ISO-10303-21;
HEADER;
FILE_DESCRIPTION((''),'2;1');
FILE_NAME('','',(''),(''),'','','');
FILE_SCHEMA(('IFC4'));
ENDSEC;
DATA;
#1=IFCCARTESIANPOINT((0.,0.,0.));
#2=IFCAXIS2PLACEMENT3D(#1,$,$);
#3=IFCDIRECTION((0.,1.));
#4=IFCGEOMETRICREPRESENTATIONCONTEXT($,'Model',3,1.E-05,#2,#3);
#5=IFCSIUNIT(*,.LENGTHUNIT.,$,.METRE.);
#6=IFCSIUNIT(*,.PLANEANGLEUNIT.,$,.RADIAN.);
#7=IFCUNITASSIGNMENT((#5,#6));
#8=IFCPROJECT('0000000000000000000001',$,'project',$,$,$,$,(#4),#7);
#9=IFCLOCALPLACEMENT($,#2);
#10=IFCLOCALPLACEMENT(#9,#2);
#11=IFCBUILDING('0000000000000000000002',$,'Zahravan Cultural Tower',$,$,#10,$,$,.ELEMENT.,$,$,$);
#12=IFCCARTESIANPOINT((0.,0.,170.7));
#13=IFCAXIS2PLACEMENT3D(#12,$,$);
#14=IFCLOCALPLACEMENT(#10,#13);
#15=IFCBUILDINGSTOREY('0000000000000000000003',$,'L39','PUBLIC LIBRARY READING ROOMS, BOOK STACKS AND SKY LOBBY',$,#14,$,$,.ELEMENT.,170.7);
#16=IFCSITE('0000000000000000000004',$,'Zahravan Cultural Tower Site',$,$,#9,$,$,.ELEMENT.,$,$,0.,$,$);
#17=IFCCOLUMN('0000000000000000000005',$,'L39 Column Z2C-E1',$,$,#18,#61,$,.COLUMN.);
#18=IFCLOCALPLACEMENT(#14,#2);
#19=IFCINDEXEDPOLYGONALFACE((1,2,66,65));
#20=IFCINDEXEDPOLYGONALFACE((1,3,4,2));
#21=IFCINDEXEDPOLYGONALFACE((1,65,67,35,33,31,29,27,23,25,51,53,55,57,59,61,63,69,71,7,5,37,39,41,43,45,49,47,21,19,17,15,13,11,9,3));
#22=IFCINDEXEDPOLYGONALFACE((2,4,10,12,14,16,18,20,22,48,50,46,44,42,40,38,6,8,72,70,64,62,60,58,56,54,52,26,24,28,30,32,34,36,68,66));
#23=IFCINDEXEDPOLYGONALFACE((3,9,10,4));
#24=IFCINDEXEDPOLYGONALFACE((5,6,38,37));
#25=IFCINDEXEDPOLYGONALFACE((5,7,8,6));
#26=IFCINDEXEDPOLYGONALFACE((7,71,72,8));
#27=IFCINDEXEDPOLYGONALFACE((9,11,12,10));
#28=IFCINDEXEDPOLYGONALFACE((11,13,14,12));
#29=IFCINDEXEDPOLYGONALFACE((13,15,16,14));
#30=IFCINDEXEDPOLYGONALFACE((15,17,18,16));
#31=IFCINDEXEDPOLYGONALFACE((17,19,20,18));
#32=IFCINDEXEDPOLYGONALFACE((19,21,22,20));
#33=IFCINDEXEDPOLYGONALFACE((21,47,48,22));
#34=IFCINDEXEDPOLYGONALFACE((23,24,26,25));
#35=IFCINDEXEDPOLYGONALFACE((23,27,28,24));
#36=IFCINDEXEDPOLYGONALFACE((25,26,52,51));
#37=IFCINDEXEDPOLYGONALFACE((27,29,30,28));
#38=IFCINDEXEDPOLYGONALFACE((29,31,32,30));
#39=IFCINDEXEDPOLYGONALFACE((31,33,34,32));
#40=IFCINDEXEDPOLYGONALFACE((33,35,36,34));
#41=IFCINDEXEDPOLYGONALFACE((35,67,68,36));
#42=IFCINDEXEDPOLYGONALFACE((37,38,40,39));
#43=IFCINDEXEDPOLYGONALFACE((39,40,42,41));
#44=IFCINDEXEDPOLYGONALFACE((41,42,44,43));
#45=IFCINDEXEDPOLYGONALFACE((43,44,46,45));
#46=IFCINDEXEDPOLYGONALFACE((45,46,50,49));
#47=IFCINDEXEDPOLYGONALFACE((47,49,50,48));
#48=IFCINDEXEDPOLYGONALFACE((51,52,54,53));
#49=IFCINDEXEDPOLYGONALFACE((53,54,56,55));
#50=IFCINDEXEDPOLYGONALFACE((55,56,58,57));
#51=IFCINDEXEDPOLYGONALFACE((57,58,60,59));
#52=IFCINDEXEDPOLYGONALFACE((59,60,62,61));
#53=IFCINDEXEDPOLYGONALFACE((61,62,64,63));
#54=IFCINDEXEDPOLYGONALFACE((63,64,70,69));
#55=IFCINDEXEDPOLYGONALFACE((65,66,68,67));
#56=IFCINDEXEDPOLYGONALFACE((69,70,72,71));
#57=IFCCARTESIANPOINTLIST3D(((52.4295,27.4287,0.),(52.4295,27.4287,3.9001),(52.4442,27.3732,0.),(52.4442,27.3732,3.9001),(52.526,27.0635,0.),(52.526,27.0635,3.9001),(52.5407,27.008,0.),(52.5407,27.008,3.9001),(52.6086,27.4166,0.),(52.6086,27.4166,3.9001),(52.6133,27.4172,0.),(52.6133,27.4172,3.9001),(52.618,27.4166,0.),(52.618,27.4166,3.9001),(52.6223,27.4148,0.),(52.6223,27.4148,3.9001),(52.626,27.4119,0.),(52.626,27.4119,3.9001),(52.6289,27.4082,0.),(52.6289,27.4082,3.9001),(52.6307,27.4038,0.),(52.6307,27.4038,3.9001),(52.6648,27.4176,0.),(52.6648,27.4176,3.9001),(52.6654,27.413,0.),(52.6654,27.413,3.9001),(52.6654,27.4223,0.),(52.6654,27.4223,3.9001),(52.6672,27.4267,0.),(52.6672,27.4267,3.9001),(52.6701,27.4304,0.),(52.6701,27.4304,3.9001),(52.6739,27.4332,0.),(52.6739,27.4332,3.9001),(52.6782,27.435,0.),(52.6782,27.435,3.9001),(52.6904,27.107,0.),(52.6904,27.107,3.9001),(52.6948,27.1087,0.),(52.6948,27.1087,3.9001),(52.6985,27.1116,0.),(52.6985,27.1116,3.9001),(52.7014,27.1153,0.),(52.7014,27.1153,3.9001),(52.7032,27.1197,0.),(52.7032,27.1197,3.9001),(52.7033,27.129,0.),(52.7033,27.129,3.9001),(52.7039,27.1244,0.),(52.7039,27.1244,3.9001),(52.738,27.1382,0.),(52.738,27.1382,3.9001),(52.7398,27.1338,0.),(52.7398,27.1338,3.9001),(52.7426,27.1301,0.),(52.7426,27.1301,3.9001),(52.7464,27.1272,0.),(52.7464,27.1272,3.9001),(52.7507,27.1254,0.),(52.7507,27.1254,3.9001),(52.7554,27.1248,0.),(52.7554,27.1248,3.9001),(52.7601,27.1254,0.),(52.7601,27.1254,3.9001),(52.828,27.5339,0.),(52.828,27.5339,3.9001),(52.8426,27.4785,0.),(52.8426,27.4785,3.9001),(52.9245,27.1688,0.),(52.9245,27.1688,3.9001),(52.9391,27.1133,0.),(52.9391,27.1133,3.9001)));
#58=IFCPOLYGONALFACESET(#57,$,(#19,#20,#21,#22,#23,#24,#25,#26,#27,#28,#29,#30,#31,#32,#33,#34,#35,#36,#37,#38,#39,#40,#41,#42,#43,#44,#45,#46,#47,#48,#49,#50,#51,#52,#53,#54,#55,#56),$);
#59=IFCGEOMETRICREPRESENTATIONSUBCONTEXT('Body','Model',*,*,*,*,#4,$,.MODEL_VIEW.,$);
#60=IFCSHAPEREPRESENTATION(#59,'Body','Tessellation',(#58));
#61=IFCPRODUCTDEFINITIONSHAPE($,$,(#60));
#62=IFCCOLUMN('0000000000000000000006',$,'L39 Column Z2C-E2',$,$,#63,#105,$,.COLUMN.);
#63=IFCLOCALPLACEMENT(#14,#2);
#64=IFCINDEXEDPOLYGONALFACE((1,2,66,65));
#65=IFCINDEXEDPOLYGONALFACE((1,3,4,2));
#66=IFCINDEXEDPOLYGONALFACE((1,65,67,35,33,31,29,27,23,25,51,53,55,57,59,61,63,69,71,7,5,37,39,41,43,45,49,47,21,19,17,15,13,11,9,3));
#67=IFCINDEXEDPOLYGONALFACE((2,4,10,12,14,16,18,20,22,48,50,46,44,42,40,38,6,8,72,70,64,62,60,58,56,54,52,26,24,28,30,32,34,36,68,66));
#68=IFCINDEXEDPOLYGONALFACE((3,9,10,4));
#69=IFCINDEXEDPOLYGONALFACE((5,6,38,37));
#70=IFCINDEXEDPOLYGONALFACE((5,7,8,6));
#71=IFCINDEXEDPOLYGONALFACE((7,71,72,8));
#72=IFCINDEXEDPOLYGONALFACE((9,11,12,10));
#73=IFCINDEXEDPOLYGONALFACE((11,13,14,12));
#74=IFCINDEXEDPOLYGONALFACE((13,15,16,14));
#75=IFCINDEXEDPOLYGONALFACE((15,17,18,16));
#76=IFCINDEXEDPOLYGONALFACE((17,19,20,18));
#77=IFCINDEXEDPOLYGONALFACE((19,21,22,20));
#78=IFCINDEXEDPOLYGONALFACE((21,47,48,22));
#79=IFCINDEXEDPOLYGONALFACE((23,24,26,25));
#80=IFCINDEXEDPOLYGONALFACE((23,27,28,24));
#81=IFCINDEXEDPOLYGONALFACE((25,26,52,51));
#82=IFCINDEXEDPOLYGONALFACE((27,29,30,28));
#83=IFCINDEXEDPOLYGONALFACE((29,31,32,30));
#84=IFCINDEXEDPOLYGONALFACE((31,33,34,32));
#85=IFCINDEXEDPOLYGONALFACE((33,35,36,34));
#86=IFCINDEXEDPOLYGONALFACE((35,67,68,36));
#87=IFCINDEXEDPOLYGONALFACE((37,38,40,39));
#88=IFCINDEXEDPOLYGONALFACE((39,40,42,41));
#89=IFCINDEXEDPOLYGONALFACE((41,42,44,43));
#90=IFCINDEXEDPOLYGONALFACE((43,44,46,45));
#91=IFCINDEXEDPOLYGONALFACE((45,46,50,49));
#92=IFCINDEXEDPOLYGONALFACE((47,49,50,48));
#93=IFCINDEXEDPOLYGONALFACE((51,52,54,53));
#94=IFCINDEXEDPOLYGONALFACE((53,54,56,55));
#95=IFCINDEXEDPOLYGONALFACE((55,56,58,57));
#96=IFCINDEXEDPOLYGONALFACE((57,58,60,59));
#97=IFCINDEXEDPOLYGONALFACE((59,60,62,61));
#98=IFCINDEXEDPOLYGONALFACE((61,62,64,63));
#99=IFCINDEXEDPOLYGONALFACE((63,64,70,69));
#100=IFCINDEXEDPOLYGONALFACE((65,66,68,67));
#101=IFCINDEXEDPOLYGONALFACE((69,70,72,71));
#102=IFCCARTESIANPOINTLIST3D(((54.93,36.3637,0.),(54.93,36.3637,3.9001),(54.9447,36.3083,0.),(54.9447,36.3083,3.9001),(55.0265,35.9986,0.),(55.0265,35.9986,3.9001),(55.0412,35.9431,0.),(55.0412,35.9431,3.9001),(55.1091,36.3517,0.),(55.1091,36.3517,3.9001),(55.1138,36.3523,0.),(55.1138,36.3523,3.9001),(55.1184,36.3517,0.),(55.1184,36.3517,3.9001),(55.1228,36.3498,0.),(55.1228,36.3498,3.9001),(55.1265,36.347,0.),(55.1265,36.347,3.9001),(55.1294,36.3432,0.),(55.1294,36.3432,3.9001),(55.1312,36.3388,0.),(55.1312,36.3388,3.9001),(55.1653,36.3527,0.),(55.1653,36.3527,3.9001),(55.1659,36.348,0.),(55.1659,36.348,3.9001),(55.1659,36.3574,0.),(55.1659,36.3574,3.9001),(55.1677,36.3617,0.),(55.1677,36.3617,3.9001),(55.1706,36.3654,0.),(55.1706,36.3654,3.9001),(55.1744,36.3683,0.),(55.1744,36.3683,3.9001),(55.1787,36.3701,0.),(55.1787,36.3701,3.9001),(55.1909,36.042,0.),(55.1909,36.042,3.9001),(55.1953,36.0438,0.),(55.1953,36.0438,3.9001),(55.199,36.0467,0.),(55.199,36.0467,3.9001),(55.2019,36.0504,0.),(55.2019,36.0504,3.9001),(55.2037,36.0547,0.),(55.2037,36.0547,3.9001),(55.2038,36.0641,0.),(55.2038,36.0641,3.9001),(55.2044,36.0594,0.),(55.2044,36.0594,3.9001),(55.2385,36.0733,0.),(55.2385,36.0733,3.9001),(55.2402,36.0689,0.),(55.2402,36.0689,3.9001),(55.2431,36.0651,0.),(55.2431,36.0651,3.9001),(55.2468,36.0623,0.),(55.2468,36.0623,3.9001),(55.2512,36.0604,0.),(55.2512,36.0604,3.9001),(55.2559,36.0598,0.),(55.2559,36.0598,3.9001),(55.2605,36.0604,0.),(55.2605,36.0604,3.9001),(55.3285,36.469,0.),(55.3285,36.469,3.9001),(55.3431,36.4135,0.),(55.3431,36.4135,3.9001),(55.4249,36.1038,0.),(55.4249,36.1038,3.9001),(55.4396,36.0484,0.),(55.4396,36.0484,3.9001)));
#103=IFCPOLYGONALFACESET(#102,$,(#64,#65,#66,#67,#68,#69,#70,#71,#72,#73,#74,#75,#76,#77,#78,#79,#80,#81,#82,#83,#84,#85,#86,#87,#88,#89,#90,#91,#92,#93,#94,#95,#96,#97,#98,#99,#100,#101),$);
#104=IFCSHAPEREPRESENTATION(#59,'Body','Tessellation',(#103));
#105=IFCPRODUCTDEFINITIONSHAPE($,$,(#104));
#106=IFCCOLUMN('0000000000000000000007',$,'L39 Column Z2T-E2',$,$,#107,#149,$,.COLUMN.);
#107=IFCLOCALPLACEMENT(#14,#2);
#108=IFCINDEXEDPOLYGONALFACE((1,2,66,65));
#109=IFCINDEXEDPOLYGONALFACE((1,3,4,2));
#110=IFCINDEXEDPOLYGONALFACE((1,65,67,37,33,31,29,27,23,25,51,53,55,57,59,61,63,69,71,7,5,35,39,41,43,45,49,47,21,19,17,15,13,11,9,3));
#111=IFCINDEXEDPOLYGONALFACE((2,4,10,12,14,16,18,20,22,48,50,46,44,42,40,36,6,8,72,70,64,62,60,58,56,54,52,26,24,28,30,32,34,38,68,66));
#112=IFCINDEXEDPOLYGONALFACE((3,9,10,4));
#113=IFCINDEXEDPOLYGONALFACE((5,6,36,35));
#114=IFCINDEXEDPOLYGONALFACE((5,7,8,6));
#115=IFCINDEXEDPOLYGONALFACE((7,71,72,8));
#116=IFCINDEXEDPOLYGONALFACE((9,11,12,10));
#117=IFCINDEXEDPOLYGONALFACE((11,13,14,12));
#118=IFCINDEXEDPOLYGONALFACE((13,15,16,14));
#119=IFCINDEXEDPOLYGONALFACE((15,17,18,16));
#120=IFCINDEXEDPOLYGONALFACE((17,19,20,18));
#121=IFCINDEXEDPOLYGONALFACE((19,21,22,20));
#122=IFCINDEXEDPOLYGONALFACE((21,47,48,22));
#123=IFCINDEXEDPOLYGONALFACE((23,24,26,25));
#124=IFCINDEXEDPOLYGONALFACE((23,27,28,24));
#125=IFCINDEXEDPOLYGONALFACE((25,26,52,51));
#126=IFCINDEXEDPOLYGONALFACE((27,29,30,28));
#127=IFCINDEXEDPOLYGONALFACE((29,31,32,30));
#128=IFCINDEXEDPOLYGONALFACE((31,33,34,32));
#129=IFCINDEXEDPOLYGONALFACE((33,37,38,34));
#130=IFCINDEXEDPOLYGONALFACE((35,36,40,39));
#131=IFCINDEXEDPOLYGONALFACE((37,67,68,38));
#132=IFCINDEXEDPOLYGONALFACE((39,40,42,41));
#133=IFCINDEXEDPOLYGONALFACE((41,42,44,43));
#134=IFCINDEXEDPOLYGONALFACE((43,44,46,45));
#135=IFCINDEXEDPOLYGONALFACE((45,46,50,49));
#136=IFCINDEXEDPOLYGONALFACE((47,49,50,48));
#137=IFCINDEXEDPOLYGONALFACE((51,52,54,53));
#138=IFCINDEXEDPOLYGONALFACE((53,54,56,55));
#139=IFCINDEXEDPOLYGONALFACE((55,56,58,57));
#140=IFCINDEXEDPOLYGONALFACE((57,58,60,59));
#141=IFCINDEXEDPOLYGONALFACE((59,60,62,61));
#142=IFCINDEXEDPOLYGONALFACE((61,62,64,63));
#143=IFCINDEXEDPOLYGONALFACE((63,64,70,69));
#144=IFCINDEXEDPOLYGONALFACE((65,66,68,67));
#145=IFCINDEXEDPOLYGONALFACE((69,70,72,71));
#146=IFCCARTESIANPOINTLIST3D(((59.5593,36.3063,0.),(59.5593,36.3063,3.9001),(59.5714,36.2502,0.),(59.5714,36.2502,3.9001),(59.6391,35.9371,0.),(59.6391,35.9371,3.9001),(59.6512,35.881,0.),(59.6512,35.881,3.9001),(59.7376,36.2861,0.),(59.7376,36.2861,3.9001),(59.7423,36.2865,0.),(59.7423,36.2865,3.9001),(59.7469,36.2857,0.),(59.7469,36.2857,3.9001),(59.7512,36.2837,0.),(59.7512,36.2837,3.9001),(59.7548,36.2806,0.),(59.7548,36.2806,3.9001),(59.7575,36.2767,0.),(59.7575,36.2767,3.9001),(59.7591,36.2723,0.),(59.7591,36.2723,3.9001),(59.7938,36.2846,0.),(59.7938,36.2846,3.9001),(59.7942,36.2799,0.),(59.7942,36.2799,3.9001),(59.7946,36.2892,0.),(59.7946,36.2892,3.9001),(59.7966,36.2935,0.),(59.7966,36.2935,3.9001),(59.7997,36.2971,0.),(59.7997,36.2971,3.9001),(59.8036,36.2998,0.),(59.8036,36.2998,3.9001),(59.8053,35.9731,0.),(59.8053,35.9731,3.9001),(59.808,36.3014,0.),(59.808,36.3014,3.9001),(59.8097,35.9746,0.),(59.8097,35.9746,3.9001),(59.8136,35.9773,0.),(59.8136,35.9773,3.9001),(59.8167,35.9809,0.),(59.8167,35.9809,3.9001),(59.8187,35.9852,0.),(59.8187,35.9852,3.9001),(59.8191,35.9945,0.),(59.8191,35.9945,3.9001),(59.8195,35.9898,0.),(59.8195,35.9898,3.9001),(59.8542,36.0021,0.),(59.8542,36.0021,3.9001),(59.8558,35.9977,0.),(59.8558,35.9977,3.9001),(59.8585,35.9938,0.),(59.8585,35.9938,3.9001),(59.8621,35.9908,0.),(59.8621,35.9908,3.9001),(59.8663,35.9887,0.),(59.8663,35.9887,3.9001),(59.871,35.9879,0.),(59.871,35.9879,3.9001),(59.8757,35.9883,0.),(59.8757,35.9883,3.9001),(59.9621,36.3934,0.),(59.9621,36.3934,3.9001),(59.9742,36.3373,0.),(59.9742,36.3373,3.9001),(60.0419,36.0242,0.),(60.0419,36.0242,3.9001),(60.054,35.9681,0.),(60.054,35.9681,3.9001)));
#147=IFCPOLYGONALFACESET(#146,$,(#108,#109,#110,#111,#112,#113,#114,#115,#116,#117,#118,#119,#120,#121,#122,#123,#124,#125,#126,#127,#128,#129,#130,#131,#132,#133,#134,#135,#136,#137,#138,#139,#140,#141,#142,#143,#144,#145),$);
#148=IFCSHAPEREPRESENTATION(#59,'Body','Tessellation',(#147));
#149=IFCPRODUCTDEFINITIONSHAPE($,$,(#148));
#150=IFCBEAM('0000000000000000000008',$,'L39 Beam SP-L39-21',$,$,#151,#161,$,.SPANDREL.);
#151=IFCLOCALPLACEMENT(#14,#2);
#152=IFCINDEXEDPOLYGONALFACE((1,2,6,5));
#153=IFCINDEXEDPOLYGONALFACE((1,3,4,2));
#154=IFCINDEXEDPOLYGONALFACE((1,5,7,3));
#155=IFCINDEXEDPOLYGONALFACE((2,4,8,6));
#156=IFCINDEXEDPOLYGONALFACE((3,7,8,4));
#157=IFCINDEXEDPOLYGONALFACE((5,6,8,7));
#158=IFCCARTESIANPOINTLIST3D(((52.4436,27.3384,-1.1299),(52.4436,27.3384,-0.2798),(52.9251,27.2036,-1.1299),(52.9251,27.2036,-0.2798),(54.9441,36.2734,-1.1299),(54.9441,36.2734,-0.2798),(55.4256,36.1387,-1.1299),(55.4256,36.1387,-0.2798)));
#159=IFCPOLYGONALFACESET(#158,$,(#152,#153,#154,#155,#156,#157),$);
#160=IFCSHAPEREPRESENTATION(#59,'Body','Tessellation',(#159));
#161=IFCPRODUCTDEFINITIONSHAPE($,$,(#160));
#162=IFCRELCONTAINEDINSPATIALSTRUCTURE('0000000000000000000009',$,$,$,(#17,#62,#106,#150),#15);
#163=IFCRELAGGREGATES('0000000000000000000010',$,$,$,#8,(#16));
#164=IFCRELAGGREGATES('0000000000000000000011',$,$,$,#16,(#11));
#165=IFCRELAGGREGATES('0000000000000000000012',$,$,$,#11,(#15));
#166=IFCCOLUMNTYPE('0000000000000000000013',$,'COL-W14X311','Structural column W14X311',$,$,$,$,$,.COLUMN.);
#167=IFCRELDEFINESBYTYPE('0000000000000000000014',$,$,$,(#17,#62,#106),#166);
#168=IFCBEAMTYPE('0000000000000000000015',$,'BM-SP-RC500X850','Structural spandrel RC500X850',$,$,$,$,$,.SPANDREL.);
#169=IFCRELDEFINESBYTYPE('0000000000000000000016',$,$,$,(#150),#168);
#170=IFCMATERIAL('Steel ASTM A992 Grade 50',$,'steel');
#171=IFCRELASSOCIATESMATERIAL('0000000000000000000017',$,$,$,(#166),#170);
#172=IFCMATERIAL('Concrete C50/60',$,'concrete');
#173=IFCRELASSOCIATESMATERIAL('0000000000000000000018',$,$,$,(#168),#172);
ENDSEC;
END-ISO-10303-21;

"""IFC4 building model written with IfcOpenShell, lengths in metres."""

from ifc_helpers import new_model, si_unit, direction, frame, origin, origin_2d, place, context, subcontext, project, spatial, rectangle, i_section, extrude, source, transform, mapped, material, material_profile, profile_set, type_object, element, save


model = new_model("IFC4")

# Units and contexts
model_context = context("Model", 3, precision=1e-05, world=origin(), true_north=direction((0.0, 1.0)))
body_context = subcontext(model_context, "Body", "Model", "MODEL_VIEW")
ifc_project = project(units=[si_unit("LENGTHUNIT", "METRE"), si_unit("PLANEANGLEUNIT", "RADIAN")], contexts=[model_context])

# Site, building, storey
site_placement = place(None, origin())
site = spatial("IfcSite", under=ifc_project, at=site_placement, Name="Zahravan Cultural Tower Site", CompositionType="ELEMENT", RefElevation=0.0)
building_placement = place(site_placement, origin())
building = spatial("IfcBuilding", under=site, at=building_placement, Name="Zahravan Cultural Tower", CompositionType="ELEMENT")
storey_placement = place(building_placement, frame((0.0, 0.0, 170.7)))
storey = spatial("IfcBuildingStorey", under=building, at=storey_placement, Name="L39", Description="PUBLIC LIBRARY READING ROOMS, BOOK STACKS AND SKY LOBBY", CompositionType="ELEMENT", Elevation=170.7)

# Columns
ifc_material_1 = material(Name="Steel ASTM A992 Grade 50", Category="steel")
ifc_material_profile_1 = material_profile(ifc_material_1, i_section(OverallWidth=0.4121, OverallDepth=0.4351, WebThickness=0.0359, FlangeThickness=0.0574, FilletRadius=0.0181, at=origin_2d()), Name="W14X311")
ifc_profile_set_1 = profile_set([ifc_material_profile_1], Name="Steel ASTM A992 Grade 50")
column_type = type_object("IfcColumnType", Name="COL-W14X311", Description="Structural column W14X311", PredefinedType="COLUMN", material=ifc_profile_set_1)
shared_shape_1 = source(origin(), body_context, "Body", "SweptSolid", [
    extrude(i_section(OverallWidth=0.4121, OverallDepth=0.4351, WebThickness=0.0359, FlangeThickness=0.0574, FilletRadius=0.0181, at=origin_2d()), origin(), (0.0, 0.0, 1.0), 3.9001),
])
for number, where, z_axis, x_axis, name in (
    (1, (52.6843, 27.271, 0.0), (0.0, 0.0, 1.0), (0.966823, 0.255446, 0.0), "L39 Column Z2C-E1"),
    (2, (55.1848, 36.2061, 0.0), (0.0, 0.0, 1.0), (0.966823, 0.255446, 0.0), "L39 Column Z2C-E2"),
    (3, (59.8066, 36.1372, 0.0), (0.0, 0.0, 1.0), (0.977416, 0.211325, 0.0), "L39 Column Z2T-E2"),
):
    element("IfcColumn", number, at=place(storey_placement, frame(where, z_axis=z_axis, x_axis=x_axis)), inside=storey, type_object=column_type, Name=name, PredefinedType="COLUMN", context=body_context, shape_type="MappedRepresentation", body=[
        mapped(shared_shape_1, transform((0.0, 0.0, 0.0), x_axis=(1.0, 0.0, 0.0), y_axis=(0.0, 1.0, 0.0), z_axis=(0.0, 0.0, 1.0), scale=1.0)),
    ])

# Beam
ifc_material_2 = material(Name="Concrete C50/60", Category="concrete")
ifc_material_profile_2 = material_profile(ifc_material_2, rectangle(XDim=0.5, YDim=0.8501, at=origin_2d()), Name="RC500X850")
ifc_profile_set_2 = profile_set([ifc_material_profile_2], Name="Concrete C50/60")
beam_type_1 = type_object("IfcBeamType", Name="BM-SP-RC500X850", Description="Structural spandrel RC500X850", PredefinedType="SPANDREL", material=ifc_profile_set_2)
shared_shape_2 = source(origin(), body_context, "Body", "SweptSolid", [
    extrude(rectangle(XDim=0.5, YDim=0.8501, at=origin_2d()), origin(), (0.0, 0.0, 1.0), 9.2783),
])
beam_1_placement = place(storey_placement, frame((52.6843, 27.271, -0.7048), z_axis=(0.269497, 0.963001, 0.0), x_axis=(-0.963001, 0.269497, 0.0)))
element("IfcBeam", 4, at=beam_1_placement, inside=storey, type_object=beam_type_1, Name="L39 Beam SP-L39-21", PredefinedType="SPANDREL", context=body_context, shape_type="MappedRepresentation", body=[
    mapped(shared_shape_2, transform((0.0, 0.0, 0.0), x_axis=(1.0, 0.0, 0.0), y_axis=(0.0, 1.0, 0.0), z_axis=(0.0, 0.0, 1.0), scale=1.0)),
])

save(model, "model.ifc")
